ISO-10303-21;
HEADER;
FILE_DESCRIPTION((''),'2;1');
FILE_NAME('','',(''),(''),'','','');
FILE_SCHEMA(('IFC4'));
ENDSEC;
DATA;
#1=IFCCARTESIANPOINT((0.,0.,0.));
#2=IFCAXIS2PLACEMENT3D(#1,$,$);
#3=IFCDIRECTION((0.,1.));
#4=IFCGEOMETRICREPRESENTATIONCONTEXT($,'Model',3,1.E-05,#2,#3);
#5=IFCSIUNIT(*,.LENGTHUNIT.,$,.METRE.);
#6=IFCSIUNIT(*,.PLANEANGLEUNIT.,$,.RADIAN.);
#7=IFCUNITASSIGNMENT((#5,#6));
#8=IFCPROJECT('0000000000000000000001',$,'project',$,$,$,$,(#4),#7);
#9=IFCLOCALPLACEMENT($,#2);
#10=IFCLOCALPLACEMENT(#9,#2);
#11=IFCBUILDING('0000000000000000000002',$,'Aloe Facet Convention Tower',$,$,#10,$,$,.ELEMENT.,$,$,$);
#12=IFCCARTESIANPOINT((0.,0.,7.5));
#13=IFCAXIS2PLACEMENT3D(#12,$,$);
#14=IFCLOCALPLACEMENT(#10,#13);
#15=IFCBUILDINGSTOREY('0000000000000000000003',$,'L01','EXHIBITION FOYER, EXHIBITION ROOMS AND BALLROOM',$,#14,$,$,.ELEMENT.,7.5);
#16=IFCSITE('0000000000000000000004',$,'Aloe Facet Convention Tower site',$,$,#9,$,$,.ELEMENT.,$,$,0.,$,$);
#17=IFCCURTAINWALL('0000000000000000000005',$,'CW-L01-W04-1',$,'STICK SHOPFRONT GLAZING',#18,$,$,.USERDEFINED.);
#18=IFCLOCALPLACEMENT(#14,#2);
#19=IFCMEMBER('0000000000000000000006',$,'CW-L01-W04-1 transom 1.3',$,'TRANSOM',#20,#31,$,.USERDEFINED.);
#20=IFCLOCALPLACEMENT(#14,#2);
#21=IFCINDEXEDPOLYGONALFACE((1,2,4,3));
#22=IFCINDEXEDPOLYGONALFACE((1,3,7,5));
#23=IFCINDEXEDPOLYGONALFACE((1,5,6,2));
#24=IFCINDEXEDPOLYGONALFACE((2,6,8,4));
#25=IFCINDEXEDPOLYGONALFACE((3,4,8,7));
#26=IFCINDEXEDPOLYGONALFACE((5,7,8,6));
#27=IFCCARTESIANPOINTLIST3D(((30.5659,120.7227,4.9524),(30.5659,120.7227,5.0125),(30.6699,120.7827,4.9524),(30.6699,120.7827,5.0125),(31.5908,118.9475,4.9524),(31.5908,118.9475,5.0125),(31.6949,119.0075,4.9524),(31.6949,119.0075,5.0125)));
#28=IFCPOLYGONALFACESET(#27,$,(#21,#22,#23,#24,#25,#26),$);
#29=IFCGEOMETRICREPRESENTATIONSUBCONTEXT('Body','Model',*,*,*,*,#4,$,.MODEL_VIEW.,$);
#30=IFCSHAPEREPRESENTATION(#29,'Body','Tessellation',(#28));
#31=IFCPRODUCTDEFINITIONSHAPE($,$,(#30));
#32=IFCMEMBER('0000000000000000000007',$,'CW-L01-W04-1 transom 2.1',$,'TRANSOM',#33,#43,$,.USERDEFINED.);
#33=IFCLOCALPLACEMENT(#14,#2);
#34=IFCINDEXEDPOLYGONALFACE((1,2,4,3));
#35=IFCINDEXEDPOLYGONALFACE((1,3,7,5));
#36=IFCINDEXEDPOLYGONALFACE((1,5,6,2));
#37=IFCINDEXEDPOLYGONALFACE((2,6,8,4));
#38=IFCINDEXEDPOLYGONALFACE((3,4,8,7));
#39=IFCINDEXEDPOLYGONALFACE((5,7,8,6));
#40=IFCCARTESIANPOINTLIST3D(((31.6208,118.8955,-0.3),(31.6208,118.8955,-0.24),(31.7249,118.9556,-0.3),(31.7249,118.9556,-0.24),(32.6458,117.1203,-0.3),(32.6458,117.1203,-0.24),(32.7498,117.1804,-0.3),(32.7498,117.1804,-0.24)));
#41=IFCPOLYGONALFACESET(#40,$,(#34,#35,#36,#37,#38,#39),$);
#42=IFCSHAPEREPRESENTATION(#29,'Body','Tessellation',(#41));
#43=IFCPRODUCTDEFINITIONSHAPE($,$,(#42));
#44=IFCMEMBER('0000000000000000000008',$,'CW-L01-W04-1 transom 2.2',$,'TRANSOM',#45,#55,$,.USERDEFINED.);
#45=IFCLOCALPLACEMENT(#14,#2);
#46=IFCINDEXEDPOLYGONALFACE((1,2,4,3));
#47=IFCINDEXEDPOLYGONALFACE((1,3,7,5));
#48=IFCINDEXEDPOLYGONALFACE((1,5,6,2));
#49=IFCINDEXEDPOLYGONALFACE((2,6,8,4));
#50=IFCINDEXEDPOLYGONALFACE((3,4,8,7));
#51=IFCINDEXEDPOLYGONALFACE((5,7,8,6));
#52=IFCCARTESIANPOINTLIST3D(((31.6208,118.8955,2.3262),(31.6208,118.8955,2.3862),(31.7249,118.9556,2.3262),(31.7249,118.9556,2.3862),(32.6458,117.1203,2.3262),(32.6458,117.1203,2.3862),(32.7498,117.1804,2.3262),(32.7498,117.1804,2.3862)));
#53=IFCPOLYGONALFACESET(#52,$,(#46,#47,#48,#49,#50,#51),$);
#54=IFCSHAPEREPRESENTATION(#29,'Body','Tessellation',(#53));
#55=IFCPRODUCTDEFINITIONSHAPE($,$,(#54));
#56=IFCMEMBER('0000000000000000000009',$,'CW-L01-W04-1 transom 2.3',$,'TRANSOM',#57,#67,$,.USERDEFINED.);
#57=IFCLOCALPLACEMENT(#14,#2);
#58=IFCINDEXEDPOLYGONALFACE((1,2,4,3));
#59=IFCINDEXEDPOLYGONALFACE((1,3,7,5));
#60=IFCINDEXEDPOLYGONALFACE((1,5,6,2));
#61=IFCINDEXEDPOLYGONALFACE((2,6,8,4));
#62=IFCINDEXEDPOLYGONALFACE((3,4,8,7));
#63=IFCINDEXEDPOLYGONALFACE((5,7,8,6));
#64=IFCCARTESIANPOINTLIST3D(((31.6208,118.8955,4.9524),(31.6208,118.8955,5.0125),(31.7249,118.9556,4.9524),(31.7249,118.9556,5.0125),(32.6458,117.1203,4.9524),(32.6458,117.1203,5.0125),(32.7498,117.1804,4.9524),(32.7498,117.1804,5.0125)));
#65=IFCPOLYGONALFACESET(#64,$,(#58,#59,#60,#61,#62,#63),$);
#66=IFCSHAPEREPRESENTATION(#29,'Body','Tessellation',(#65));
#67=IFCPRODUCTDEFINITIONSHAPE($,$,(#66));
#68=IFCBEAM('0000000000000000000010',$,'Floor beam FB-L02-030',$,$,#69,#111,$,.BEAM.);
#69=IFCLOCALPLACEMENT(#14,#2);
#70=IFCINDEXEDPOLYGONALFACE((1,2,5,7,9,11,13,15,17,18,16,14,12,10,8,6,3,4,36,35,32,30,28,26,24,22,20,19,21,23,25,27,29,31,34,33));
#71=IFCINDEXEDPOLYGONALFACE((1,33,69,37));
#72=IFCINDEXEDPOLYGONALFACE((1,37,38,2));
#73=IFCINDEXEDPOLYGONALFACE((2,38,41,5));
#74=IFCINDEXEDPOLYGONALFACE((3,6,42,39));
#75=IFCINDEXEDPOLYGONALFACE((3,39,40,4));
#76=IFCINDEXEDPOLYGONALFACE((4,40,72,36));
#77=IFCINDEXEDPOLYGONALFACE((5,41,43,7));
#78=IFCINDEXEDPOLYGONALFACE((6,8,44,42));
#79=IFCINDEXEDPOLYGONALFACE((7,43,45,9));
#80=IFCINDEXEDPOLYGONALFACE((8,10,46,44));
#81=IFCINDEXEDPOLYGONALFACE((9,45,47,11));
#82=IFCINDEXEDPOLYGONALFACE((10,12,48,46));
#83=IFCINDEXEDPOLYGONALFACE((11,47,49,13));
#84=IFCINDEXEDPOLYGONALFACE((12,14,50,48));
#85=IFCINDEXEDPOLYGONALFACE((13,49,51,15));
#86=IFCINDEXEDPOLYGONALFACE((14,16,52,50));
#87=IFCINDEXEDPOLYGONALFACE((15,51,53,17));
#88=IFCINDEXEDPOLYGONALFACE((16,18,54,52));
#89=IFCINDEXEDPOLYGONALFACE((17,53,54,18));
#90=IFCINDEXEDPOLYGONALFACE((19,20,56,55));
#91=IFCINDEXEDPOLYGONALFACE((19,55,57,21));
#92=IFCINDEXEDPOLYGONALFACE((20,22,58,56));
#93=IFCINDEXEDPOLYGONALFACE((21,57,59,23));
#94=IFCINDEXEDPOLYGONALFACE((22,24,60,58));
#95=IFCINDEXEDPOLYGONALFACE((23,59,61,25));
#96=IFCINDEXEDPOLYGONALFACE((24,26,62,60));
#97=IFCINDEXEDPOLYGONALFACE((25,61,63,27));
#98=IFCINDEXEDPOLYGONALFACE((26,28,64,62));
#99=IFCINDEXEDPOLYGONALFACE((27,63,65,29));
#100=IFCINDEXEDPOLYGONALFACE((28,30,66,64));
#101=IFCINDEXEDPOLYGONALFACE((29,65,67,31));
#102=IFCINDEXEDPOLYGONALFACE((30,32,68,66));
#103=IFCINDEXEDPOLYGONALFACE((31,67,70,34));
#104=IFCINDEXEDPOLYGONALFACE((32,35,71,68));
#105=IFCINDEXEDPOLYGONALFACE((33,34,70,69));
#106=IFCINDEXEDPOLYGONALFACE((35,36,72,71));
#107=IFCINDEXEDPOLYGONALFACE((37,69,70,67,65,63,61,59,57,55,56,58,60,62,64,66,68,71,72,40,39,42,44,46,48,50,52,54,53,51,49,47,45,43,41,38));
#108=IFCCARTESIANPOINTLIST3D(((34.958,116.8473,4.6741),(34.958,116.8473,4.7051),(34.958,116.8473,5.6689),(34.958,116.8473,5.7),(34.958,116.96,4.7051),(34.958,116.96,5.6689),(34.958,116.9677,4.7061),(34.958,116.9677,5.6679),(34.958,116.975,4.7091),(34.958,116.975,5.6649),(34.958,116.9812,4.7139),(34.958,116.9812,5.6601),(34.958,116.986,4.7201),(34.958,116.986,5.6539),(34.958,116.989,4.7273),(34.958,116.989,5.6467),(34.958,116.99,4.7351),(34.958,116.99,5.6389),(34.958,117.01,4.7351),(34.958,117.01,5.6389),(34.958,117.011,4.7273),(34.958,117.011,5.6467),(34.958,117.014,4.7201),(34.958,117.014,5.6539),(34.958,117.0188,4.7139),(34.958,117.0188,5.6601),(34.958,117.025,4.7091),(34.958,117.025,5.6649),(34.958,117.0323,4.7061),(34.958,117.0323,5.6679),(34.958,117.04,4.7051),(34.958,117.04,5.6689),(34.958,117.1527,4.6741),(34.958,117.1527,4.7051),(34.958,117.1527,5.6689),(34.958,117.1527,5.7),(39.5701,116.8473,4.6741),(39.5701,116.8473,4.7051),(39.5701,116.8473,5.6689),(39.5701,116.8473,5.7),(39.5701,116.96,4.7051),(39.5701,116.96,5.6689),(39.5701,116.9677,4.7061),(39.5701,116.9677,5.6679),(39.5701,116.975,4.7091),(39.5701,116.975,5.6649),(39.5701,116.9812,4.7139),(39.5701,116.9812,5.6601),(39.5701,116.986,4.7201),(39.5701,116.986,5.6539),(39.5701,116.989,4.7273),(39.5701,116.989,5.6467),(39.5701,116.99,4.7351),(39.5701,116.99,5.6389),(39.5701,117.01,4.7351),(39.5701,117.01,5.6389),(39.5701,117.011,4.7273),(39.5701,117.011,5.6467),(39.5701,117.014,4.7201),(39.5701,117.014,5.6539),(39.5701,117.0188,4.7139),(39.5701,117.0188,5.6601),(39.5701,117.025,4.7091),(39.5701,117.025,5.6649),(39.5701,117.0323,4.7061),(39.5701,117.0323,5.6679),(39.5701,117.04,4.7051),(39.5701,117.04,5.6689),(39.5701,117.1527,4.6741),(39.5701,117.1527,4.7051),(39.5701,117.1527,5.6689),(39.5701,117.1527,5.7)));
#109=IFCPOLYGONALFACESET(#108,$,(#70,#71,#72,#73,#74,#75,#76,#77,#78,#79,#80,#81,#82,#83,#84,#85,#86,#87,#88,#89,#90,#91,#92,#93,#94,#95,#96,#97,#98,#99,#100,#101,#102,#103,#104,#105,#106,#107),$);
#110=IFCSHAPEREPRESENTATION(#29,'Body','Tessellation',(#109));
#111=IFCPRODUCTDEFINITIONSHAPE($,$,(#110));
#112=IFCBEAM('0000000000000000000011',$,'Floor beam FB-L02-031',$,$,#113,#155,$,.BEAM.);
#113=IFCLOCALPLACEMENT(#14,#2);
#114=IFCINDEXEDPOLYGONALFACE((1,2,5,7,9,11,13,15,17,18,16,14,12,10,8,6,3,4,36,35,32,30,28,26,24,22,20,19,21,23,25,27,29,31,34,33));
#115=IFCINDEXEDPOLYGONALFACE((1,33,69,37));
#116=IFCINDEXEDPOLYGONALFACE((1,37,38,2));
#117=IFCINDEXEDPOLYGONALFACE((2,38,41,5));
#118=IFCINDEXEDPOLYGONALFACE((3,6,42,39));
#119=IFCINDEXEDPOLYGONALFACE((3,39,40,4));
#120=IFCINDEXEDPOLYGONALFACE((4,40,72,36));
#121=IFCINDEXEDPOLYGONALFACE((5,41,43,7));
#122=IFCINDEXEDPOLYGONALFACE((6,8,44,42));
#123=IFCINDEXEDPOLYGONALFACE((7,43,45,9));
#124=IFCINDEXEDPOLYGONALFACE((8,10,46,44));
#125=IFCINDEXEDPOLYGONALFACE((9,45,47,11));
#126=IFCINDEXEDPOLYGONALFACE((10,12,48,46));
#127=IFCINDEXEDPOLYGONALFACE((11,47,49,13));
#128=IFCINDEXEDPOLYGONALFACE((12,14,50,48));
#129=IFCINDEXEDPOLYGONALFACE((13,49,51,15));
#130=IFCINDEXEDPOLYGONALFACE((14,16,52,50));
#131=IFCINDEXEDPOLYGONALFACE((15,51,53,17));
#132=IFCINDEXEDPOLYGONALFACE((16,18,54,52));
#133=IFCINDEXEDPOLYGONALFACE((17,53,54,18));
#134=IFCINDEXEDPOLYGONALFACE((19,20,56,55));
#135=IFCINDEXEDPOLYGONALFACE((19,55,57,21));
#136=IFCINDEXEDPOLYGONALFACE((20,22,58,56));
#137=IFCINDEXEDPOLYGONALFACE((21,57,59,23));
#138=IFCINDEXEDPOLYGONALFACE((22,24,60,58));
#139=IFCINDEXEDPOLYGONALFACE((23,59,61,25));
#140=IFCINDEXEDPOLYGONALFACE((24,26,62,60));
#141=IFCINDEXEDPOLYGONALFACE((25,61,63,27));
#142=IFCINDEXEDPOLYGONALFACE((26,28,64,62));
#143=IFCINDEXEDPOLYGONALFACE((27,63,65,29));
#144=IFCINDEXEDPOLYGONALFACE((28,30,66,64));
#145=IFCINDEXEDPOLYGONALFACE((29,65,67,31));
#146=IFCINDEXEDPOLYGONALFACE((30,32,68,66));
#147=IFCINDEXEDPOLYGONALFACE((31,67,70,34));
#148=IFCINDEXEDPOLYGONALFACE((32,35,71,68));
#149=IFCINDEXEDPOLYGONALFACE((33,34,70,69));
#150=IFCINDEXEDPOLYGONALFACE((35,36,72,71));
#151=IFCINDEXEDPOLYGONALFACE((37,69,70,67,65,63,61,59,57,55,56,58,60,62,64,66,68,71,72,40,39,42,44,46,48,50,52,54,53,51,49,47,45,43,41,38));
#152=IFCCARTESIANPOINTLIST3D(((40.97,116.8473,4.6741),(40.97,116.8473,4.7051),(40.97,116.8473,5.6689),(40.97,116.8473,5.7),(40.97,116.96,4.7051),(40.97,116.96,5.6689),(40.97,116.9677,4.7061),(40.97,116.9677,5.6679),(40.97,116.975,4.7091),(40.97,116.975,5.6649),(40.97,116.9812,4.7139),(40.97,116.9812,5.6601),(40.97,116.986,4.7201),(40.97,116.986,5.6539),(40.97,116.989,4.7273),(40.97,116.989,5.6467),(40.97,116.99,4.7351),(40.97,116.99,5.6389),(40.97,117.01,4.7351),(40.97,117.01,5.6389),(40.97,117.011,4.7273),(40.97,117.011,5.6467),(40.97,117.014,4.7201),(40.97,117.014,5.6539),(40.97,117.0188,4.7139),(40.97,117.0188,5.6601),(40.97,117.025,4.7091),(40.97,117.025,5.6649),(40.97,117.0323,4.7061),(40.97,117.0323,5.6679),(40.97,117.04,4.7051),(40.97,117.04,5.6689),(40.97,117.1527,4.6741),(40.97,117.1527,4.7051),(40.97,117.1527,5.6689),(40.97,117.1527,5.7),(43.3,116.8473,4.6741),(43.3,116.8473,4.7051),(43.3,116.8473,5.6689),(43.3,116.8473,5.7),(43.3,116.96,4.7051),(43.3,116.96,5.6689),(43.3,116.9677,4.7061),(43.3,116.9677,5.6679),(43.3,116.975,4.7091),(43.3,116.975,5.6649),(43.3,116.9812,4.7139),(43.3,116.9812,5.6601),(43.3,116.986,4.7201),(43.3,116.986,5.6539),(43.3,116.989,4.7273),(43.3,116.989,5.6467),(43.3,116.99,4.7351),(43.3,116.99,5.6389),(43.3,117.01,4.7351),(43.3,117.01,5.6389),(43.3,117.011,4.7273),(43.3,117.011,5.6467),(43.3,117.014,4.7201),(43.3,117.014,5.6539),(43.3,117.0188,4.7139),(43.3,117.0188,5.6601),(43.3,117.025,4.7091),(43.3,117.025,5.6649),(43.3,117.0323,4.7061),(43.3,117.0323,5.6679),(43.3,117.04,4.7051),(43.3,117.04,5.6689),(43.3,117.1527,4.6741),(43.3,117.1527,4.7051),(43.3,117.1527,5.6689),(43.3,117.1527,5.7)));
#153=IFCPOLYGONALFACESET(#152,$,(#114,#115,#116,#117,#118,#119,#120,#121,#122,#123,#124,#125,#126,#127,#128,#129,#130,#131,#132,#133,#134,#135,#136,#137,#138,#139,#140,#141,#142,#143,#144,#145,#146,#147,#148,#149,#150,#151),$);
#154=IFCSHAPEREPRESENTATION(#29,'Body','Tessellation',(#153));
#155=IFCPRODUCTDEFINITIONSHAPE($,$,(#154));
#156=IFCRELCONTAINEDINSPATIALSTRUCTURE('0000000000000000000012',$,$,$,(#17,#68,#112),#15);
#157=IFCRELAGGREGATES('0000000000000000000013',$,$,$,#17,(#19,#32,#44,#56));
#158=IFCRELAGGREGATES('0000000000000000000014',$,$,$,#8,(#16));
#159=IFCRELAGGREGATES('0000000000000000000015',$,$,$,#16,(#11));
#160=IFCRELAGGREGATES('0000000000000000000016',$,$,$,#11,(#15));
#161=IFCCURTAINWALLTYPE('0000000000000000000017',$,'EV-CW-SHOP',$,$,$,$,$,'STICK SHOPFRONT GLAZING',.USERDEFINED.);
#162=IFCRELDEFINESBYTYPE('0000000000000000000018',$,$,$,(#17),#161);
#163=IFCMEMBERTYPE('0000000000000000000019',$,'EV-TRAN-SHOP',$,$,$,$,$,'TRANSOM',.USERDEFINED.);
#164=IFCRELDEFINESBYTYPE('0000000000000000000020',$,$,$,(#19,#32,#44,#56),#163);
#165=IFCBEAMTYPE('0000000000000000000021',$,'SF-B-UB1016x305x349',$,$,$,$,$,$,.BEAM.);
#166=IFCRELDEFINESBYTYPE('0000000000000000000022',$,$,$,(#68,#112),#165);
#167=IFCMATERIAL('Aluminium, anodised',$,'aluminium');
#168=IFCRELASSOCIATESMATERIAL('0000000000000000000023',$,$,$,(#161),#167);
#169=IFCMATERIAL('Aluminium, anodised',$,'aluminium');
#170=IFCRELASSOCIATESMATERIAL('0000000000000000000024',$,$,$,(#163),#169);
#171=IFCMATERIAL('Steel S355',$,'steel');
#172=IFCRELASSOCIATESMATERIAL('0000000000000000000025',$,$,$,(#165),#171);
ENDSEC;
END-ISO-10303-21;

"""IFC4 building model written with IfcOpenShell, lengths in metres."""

from ifc_helpers import new_model, si_unit, direction, frame, origin, origin_2d, place, context, subcontext, project, spatial, rectangle, i_section, extrude, material, material_profile, profile_set, type_object, element, aggregate, save


model = new_model("IFC4")

# Units and contexts
model_context = context("Model", 3, precision=1e-05, world=origin(), true_north=direction((0.0, 1.0)))
body_context = subcontext(model_context, "Body", "Model", "MODEL_VIEW")
ifc_project = project(units=[si_unit("LENGTHUNIT", "METRE"), si_unit("PLANEANGLEUNIT", "RADIAN")], contexts=[model_context])

# Site, building, storey
site_placement = place(None, origin())
site = spatial("IfcSite", under=ifc_project, at=site_placement, Name="Aloe Facet Convention Tower site", CompositionType="ELEMENT", RefElevation=0.0)
building_placement = place(site_placement, origin())
building = spatial("IfcBuilding", under=site, at=building_placement, Name="Aloe Facet Convention Tower", CompositionType="ELEMENT")
storey_placement = place(building_placement, frame((0.0, 0.0, 7.5)))
storey = spatial("IfcBuildingStorey", under=building, at=storey_placement, Name="L01", Description="EXHIBITION FOYER, EXHIBITION ROOMS AND BALLROOM", CompositionType="ELEMENT", Elevation=7.5)

# Shared definitions
ifc_material_1 = material(Name="Aluminium, anodised", Category="aluminium")
curtain_wall_type = type_object("IfcCurtainWallType", Name="EV-CW-SHOP", ElementType="STICK SHOPFRONT GLAZING", PredefinedType="USERDEFINED", material=ifc_material_1)

# Curtain wall
curtain_wall_1_placement = place(storey_placement, origin())
curtain_wall_1 = element("IfcCurtainWall", 1, at=curtain_wall_1_placement, inside=storey, type_object=curtain_wall_type, Name="CW-L01-W04-1", ObjectType="STICK SHOPFRONT GLAZING", PredefinedType="USERDEFINED")

# Members
ifc_material_2 = material(Name="Aluminium, anodised", Category="aluminium")
ifc_material_profile_1 = material_profile(ifc_material_2, rectangle(XDim=0.1201, YDim=0.0601, at=origin_2d()), Name="AL 120x60")
ifc_profile_set_1 = profile_set([ifc_material_profile_1], Name="Aluminium, anodised")
member_type_1 = type_object("IfcMemberType", Name="EV-TRAN-SHOP", ElementType="TRANSOM", PredefinedType="USERDEFINED", material=ifc_profile_set_1)
member_1_placement = place(storey_placement, frame((30.6179, 120.7527, 4.9824), z_axis=(0.500008, -0.866021, 0.0), x_axis=(0.866021, 0.500008, 0.0)))
member_1 = element("IfcMember", 2, at=member_1_placement, type_object=member_type_1, Name="CW-L01-W04-1 transom 1.3", ObjectType="TRANSOM", PredefinedType="USERDEFINED", context=body_context, shape_type="SweptSolid", body=[
    extrude(rectangle(XDim=0.1201, YDim=0.0601, at=origin_2d()), origin(), (0.0, 0.0, 1.0), 2.0498),
])
member_2_placement = place(storey_placement, frame((31.6729, 118.9255, -0.27), z_axis=(0.500008, -0.866021, 0.0), x_axis=(0.866021, 0.500008, 0.0)))
member_2 = element("IfcMember", 3, at=member_2_placement, type_object=member_type_1, Name="CW-L01-W04-1 transom 2.1", ObjectType="TRANSOM", PredefinedType="USERDEFINED", context=body_context, shape_type="SweptSolid", body=[
    extrude(rectangle(XDim=0.1201, YDim=0.0601, at=origin_2d()), origin(), (0.0, 0.0, 1.0), 2.0498),
])
member_3_placement = place(storey_placement, frame((31.6729, 118.9255, 2.3562), z_axis=(0.500008, -0.866021, 0.0), x_axis=(0.866021, 0.500008, 0.0)))
member_3 = element("IfcMember", 4, at=member_3_placement, type_object=member_type_1, Name="CW-L01-W04-1 transom 2.2", ObjectType="TRANSOM", PredefinedType="USERDEFINED", context=body_context, shape_type="SweptSolid", body=[
    extrude(rectangle(XDim=0.1201, YDim=0.0601, at=origin_2d()), origin(), (0.0, 0.0, 1.0), 2.0498),
])
member_4_placement = place(storey_placement, frame((31.6729, 118.9255, 4.9824), z_axis=(0.500008, -0.866021, 0.0), x_axis=(0.866021, 0.500008, 0.0)))
member_4 = element("IfcMember", 5, at=member_4_placement, type_object=member_type_1, Name="CW-L01-W04-1 transom 2.3", ObjectType="TRANSOM", PredefinedType="USERDEFINED", context=body_context, shape_type="SweptSolid", body=[
    extrude(rectangle(XDim=0.1201, YDim=0.0601, at=origin_2d()), origin(), (0.0, 0.0, 1.0), 2.0498),
])

# Beams
ifc_material_3 = material(Name="Steel S355", Category="steel")
ifc_material_profile_2 = material_profile(ifc_material_3, i_section(OverallWidth=0.3054, OverallDepth=1.0259, WebThickness=0.02, FlangeThickness=0.031, FilletRadius=0.03, at=origin_2d()), Name="UB 1016x305x349")
ifc_profile_set_2 = profile_set([ifc_material_profile_2], Name="Steel S355")
beam_type_1 = type_object("IfcBeamType", Name="SF-B-UB1016x305x349", PredefinedType="BEAM", material=ifc_profile_set_2)
beam_1_placement = place(storey_placement, frame((34.958, 117.0, 5.187), z_axis=(1.0, 0.0, 0.0), x_axis=(0.0, 1.0, 0.0)))
element("IfcBeam", 6, at=beam_1_placement, inside=storey, type_object=beam_type_1, Name="Floor beam FB-L02-030", PredefinedType="BEAM", context=body_context, shape_type="SweptSolid", body=[
    extrude(i_section(OverallWidth=0.3054, OverallDepth=1.0259, WebThickness=0.02, FlangeThickness=0.031, FilletRadius=0.03, at=origin_2d()), origin(), (0.0, 0.0, 1.0), 4.6121),
])
beam_2_placement = place(storey_placement, frame((40.97, 117.0, 5.187), z_axis=(1.0, 0.0, 0.0), x_axis=(0.0, 1.0, 0.0)))
element("IfcBeam", 7, at=beam_2_placement, inside=storey, type_object=beam_type_1, Name="Floor beam FB-L02-031", PredefinedType="BEAM", context=body_context, shape_type="SweptSolid", body=[
    extrude(i_section(OverallWidth=0.3054, OverallDepth=1.0259, WebThickness=0.02, FlangeThickness=0.031, FilletRadius=0.03, at=origin_2d()), origin(), (0.0, 0.0, 1.0), 2.3301),
])

aggregate(curtain_wall_1, [member_1, member_2, member_3, member_4])

save(model, "model.ifc")
